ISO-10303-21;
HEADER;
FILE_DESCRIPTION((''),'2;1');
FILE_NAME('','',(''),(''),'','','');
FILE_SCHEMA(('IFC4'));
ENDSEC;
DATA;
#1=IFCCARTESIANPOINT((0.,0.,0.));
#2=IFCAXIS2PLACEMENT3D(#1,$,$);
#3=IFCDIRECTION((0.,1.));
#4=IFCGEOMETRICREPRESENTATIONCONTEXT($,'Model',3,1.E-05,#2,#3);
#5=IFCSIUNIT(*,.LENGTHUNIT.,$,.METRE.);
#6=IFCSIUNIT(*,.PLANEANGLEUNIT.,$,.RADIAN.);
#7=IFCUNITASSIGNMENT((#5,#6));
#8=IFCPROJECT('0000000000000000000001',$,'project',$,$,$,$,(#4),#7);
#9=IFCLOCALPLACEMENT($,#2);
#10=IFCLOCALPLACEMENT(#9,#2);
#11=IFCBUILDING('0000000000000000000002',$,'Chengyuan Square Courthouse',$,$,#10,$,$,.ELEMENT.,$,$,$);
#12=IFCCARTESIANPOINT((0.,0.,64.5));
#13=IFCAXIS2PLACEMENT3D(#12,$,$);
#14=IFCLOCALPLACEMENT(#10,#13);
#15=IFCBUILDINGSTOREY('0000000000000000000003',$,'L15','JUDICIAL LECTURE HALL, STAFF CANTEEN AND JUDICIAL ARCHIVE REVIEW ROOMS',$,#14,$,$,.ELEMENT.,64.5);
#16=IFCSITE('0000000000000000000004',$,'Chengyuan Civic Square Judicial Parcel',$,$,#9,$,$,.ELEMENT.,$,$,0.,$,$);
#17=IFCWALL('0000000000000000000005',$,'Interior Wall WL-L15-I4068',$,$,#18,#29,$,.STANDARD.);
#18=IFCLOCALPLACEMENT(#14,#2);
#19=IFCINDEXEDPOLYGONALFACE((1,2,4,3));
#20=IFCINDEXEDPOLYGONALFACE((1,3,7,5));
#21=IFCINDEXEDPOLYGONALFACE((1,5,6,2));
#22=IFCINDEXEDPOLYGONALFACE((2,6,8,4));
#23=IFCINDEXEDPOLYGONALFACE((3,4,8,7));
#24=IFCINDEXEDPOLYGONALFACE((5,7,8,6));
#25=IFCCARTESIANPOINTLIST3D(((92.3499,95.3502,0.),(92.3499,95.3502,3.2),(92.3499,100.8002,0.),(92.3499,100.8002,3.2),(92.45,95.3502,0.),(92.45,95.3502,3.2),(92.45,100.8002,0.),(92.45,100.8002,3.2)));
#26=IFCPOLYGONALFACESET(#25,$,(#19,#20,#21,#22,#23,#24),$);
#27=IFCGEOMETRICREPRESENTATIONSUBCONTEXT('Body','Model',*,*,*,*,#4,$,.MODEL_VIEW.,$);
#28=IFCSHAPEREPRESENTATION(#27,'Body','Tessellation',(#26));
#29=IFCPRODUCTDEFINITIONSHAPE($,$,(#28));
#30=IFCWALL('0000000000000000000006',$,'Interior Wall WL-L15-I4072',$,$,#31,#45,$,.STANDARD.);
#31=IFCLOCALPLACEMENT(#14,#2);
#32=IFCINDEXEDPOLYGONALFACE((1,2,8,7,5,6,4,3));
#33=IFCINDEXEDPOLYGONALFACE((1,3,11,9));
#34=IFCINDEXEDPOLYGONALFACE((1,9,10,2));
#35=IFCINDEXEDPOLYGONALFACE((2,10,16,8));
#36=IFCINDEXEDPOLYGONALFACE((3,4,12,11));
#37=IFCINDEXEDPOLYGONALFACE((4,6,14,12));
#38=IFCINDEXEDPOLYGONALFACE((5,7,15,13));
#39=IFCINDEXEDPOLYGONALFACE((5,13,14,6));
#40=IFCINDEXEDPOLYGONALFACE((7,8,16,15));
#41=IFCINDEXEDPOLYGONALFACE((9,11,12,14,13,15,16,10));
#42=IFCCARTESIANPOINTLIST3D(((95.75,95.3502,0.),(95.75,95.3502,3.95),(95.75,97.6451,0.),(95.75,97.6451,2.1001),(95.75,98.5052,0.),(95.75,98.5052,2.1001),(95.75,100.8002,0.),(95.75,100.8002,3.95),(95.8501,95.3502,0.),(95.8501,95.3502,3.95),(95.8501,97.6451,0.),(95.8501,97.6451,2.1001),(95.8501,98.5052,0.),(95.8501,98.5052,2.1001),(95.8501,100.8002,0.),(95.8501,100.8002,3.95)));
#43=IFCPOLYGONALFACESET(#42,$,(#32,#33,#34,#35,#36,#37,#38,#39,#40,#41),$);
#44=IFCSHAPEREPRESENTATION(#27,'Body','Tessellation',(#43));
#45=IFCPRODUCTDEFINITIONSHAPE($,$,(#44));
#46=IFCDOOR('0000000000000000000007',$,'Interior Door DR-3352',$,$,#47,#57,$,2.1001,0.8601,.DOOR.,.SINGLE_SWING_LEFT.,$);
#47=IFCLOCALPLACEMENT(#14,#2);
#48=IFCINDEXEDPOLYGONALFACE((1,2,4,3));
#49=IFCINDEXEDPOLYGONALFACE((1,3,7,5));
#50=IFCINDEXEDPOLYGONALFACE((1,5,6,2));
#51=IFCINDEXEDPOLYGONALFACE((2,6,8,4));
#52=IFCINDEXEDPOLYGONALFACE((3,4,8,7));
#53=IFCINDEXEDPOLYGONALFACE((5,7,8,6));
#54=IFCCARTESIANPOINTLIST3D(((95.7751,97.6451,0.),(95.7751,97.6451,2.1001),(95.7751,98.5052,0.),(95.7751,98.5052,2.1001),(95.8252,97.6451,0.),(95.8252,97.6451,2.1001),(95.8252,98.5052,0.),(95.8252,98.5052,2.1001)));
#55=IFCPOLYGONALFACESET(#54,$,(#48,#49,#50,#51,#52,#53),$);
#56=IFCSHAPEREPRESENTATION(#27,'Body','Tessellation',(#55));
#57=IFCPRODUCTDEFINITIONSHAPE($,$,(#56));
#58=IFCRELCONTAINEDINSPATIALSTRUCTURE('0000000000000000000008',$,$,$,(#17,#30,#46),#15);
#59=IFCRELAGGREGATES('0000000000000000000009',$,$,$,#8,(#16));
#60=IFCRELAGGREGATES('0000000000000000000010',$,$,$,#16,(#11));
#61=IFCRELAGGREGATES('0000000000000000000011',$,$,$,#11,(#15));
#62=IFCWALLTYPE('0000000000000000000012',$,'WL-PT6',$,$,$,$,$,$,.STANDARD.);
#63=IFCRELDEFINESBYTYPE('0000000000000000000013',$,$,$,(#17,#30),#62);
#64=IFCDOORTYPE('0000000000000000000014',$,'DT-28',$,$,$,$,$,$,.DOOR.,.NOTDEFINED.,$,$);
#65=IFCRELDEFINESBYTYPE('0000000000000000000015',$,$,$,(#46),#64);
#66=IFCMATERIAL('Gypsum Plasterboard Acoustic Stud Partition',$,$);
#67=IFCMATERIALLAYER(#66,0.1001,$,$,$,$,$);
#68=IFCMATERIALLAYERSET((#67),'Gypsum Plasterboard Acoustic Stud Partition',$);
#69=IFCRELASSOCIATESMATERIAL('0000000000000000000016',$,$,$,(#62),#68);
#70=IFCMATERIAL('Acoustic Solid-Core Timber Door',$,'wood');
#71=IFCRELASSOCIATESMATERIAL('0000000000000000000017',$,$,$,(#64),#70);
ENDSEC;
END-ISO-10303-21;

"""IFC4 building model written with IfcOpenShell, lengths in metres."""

from ifc_helpers import new_model, si_unit, direction, frame, frame_2d, origin, place, context, subcontext, project, spatial, rectangle, extrude, material, layer, layer_set, type_object, element, fill, save


model = new_model("IFC4")

# Units and contexts
model_context = context("Model", 3, precision=1e-05, world=origin(), true_north=direction((0.0, 1.0)))
body_context = subcontext(model_context, "Body", "Model", "MODEL_VIEW")
ifc_project = project(units=[si_unit("LENGTHUNIT", "METRE"), si_unit("PLANEANGLEUNIT", "RADIAN")], contexts=[model_context])

# Site, building, storey
site_placement = place(None, origin())
site = spatial("IfcSite", under=ifc_project, at=site_placement, Name="Chengyuan Civic Square Judicial Parcel", CompositionType="ELEMENT", RefElevation=0.0)
building_placement = place(site_placement, origin())
building = spatial("IfcBuilding", under=site, at=building_placement, Name="Chengyuan Square Courthouse", CompositionType="ELEMENT")
storey_placement = place(building_placement, frame((0.0, 0.0, 64.5)))
storey = spatial("IfcBuildingStorey", under=building, at=storey_placement, Name="L15", Description="JUDICIAL LECTURE HALL, STAFF CANTEEN AND JUDICIAL ARCHIVE REVIEW ROOMS", CompositionType="ELEMENT", Elevation=64.5)

# Shared definitions
ifc_material_1 = material(Name="Gypsum Plasterboard Acoustic Stud Partition")
ifc_layer_1 = layer(ifc_material_1, 0.1001)
ifc_layer_set_1 = layer_set([ifc_layer_1], Name="Gypsum Plasterboard Acoustic Stud Partition")
wall_type_1 = type_object("IfcWallType", Name="WL-PT6", PredefinedType="STANDARD", material=ifc_layer_set_1)
ifc_material_2 = material(Name="Acoustic Solid-Core Timber Door", Category="wood")

# Wall
wall_1_placement = place(storey_placement, frame((92.3999, 95.3501, 0.0), z_axis=(0.0, 0.0, 1.0), x_axis=(0.0, 1.0, 0.0)))
element("IfcWall", 1, at=wall_1_placement, inside=storey, type_object=wall_type_1, Name="Interior Wall WL-L15-I4068", PredefinedType="STANDARD", context=body_context, shape_type="SweptSolid", body=[
    extrude(rectangle(XDim=5.45, YDim=0.1001, at=frame_2d((2.7251, 0.0))), origin(), (0.0, 0.0, 1.0), 3.2),
])

# Wall, opening, door
wall_2_placement = place(storey_placement, frame((95.8, 95.3501, 0.0), z_axis=(0.0, 0.0, 1.0), x_axis=(0.0, 1.0, 0.0)))
wall_2 = element("IfcWall", 2, at=wall_2_placement, inside=storey, type_object=wall_type_1, Name="Interior Wall WL-L15-I4072", PredefinedType="STANDARD", context=body_context, shape_type="SweptSolid", body=[
    extrude(rectangle(XDim=5.45, YDim=0.1001, at=frame_2d((2.7251, 0.0))), origin(), (0.0, 0.0, 1.0), 3.95),
])
opening_1_placement = place(wall_2_placement, frame((2.2949, 0.0, 0.0)))
opening_1 = element("IfcOpeningElement", 3, at=opening_1_placement, cuts=wall_2, PredefinedType="OPENING", context=body_context, shape_type="SweptSolid", body=[
    extrude(rectangle(XDim=0.8601, YDim=2.1001, at=frame_2d((0.4302, 1.05))), frame((0.0, 0.062, 0.0), z_axis=(0.0, -1.0, 0.0), x_axis=(1.0, 0.0, 0.0)), (0.0, 0.0, 1.0), 0.124),
])
door_type_1 = type_object("IfcDoorType", Name="DT-28", OperationType="NOTDEFINED", PredefinedType="DOOR", material=ifc_material_2)
door_1_placement = place(opening_1_placement, origin())
door_1 = element("IfcDoor", 4, at=door_1_placement, inside=storey, type_object=door_type_1, Name="Interior Door DR-3352", OperationType="SINGLE_SWING_LEFT", OverallHeight=2.1001, OverallWidth=0.8601, PredefinedType="DOOR", context=body_context, shape_type="SweptSolid", body=[
    extrude(rectangle(XDim=0.8601, YDim=2.1001, at=frame_2d((0.4302, 1.05))), frame((0.0, 0.0249, 0.0), z_axis=(0.0, -1.0, 0.0), x_axis=(1.0, 0.0, 0.0)), (0.0, 0.0, 1.0), 0.05),
])
fill(opening_1, door_1)

save(model, "model.ifc")
